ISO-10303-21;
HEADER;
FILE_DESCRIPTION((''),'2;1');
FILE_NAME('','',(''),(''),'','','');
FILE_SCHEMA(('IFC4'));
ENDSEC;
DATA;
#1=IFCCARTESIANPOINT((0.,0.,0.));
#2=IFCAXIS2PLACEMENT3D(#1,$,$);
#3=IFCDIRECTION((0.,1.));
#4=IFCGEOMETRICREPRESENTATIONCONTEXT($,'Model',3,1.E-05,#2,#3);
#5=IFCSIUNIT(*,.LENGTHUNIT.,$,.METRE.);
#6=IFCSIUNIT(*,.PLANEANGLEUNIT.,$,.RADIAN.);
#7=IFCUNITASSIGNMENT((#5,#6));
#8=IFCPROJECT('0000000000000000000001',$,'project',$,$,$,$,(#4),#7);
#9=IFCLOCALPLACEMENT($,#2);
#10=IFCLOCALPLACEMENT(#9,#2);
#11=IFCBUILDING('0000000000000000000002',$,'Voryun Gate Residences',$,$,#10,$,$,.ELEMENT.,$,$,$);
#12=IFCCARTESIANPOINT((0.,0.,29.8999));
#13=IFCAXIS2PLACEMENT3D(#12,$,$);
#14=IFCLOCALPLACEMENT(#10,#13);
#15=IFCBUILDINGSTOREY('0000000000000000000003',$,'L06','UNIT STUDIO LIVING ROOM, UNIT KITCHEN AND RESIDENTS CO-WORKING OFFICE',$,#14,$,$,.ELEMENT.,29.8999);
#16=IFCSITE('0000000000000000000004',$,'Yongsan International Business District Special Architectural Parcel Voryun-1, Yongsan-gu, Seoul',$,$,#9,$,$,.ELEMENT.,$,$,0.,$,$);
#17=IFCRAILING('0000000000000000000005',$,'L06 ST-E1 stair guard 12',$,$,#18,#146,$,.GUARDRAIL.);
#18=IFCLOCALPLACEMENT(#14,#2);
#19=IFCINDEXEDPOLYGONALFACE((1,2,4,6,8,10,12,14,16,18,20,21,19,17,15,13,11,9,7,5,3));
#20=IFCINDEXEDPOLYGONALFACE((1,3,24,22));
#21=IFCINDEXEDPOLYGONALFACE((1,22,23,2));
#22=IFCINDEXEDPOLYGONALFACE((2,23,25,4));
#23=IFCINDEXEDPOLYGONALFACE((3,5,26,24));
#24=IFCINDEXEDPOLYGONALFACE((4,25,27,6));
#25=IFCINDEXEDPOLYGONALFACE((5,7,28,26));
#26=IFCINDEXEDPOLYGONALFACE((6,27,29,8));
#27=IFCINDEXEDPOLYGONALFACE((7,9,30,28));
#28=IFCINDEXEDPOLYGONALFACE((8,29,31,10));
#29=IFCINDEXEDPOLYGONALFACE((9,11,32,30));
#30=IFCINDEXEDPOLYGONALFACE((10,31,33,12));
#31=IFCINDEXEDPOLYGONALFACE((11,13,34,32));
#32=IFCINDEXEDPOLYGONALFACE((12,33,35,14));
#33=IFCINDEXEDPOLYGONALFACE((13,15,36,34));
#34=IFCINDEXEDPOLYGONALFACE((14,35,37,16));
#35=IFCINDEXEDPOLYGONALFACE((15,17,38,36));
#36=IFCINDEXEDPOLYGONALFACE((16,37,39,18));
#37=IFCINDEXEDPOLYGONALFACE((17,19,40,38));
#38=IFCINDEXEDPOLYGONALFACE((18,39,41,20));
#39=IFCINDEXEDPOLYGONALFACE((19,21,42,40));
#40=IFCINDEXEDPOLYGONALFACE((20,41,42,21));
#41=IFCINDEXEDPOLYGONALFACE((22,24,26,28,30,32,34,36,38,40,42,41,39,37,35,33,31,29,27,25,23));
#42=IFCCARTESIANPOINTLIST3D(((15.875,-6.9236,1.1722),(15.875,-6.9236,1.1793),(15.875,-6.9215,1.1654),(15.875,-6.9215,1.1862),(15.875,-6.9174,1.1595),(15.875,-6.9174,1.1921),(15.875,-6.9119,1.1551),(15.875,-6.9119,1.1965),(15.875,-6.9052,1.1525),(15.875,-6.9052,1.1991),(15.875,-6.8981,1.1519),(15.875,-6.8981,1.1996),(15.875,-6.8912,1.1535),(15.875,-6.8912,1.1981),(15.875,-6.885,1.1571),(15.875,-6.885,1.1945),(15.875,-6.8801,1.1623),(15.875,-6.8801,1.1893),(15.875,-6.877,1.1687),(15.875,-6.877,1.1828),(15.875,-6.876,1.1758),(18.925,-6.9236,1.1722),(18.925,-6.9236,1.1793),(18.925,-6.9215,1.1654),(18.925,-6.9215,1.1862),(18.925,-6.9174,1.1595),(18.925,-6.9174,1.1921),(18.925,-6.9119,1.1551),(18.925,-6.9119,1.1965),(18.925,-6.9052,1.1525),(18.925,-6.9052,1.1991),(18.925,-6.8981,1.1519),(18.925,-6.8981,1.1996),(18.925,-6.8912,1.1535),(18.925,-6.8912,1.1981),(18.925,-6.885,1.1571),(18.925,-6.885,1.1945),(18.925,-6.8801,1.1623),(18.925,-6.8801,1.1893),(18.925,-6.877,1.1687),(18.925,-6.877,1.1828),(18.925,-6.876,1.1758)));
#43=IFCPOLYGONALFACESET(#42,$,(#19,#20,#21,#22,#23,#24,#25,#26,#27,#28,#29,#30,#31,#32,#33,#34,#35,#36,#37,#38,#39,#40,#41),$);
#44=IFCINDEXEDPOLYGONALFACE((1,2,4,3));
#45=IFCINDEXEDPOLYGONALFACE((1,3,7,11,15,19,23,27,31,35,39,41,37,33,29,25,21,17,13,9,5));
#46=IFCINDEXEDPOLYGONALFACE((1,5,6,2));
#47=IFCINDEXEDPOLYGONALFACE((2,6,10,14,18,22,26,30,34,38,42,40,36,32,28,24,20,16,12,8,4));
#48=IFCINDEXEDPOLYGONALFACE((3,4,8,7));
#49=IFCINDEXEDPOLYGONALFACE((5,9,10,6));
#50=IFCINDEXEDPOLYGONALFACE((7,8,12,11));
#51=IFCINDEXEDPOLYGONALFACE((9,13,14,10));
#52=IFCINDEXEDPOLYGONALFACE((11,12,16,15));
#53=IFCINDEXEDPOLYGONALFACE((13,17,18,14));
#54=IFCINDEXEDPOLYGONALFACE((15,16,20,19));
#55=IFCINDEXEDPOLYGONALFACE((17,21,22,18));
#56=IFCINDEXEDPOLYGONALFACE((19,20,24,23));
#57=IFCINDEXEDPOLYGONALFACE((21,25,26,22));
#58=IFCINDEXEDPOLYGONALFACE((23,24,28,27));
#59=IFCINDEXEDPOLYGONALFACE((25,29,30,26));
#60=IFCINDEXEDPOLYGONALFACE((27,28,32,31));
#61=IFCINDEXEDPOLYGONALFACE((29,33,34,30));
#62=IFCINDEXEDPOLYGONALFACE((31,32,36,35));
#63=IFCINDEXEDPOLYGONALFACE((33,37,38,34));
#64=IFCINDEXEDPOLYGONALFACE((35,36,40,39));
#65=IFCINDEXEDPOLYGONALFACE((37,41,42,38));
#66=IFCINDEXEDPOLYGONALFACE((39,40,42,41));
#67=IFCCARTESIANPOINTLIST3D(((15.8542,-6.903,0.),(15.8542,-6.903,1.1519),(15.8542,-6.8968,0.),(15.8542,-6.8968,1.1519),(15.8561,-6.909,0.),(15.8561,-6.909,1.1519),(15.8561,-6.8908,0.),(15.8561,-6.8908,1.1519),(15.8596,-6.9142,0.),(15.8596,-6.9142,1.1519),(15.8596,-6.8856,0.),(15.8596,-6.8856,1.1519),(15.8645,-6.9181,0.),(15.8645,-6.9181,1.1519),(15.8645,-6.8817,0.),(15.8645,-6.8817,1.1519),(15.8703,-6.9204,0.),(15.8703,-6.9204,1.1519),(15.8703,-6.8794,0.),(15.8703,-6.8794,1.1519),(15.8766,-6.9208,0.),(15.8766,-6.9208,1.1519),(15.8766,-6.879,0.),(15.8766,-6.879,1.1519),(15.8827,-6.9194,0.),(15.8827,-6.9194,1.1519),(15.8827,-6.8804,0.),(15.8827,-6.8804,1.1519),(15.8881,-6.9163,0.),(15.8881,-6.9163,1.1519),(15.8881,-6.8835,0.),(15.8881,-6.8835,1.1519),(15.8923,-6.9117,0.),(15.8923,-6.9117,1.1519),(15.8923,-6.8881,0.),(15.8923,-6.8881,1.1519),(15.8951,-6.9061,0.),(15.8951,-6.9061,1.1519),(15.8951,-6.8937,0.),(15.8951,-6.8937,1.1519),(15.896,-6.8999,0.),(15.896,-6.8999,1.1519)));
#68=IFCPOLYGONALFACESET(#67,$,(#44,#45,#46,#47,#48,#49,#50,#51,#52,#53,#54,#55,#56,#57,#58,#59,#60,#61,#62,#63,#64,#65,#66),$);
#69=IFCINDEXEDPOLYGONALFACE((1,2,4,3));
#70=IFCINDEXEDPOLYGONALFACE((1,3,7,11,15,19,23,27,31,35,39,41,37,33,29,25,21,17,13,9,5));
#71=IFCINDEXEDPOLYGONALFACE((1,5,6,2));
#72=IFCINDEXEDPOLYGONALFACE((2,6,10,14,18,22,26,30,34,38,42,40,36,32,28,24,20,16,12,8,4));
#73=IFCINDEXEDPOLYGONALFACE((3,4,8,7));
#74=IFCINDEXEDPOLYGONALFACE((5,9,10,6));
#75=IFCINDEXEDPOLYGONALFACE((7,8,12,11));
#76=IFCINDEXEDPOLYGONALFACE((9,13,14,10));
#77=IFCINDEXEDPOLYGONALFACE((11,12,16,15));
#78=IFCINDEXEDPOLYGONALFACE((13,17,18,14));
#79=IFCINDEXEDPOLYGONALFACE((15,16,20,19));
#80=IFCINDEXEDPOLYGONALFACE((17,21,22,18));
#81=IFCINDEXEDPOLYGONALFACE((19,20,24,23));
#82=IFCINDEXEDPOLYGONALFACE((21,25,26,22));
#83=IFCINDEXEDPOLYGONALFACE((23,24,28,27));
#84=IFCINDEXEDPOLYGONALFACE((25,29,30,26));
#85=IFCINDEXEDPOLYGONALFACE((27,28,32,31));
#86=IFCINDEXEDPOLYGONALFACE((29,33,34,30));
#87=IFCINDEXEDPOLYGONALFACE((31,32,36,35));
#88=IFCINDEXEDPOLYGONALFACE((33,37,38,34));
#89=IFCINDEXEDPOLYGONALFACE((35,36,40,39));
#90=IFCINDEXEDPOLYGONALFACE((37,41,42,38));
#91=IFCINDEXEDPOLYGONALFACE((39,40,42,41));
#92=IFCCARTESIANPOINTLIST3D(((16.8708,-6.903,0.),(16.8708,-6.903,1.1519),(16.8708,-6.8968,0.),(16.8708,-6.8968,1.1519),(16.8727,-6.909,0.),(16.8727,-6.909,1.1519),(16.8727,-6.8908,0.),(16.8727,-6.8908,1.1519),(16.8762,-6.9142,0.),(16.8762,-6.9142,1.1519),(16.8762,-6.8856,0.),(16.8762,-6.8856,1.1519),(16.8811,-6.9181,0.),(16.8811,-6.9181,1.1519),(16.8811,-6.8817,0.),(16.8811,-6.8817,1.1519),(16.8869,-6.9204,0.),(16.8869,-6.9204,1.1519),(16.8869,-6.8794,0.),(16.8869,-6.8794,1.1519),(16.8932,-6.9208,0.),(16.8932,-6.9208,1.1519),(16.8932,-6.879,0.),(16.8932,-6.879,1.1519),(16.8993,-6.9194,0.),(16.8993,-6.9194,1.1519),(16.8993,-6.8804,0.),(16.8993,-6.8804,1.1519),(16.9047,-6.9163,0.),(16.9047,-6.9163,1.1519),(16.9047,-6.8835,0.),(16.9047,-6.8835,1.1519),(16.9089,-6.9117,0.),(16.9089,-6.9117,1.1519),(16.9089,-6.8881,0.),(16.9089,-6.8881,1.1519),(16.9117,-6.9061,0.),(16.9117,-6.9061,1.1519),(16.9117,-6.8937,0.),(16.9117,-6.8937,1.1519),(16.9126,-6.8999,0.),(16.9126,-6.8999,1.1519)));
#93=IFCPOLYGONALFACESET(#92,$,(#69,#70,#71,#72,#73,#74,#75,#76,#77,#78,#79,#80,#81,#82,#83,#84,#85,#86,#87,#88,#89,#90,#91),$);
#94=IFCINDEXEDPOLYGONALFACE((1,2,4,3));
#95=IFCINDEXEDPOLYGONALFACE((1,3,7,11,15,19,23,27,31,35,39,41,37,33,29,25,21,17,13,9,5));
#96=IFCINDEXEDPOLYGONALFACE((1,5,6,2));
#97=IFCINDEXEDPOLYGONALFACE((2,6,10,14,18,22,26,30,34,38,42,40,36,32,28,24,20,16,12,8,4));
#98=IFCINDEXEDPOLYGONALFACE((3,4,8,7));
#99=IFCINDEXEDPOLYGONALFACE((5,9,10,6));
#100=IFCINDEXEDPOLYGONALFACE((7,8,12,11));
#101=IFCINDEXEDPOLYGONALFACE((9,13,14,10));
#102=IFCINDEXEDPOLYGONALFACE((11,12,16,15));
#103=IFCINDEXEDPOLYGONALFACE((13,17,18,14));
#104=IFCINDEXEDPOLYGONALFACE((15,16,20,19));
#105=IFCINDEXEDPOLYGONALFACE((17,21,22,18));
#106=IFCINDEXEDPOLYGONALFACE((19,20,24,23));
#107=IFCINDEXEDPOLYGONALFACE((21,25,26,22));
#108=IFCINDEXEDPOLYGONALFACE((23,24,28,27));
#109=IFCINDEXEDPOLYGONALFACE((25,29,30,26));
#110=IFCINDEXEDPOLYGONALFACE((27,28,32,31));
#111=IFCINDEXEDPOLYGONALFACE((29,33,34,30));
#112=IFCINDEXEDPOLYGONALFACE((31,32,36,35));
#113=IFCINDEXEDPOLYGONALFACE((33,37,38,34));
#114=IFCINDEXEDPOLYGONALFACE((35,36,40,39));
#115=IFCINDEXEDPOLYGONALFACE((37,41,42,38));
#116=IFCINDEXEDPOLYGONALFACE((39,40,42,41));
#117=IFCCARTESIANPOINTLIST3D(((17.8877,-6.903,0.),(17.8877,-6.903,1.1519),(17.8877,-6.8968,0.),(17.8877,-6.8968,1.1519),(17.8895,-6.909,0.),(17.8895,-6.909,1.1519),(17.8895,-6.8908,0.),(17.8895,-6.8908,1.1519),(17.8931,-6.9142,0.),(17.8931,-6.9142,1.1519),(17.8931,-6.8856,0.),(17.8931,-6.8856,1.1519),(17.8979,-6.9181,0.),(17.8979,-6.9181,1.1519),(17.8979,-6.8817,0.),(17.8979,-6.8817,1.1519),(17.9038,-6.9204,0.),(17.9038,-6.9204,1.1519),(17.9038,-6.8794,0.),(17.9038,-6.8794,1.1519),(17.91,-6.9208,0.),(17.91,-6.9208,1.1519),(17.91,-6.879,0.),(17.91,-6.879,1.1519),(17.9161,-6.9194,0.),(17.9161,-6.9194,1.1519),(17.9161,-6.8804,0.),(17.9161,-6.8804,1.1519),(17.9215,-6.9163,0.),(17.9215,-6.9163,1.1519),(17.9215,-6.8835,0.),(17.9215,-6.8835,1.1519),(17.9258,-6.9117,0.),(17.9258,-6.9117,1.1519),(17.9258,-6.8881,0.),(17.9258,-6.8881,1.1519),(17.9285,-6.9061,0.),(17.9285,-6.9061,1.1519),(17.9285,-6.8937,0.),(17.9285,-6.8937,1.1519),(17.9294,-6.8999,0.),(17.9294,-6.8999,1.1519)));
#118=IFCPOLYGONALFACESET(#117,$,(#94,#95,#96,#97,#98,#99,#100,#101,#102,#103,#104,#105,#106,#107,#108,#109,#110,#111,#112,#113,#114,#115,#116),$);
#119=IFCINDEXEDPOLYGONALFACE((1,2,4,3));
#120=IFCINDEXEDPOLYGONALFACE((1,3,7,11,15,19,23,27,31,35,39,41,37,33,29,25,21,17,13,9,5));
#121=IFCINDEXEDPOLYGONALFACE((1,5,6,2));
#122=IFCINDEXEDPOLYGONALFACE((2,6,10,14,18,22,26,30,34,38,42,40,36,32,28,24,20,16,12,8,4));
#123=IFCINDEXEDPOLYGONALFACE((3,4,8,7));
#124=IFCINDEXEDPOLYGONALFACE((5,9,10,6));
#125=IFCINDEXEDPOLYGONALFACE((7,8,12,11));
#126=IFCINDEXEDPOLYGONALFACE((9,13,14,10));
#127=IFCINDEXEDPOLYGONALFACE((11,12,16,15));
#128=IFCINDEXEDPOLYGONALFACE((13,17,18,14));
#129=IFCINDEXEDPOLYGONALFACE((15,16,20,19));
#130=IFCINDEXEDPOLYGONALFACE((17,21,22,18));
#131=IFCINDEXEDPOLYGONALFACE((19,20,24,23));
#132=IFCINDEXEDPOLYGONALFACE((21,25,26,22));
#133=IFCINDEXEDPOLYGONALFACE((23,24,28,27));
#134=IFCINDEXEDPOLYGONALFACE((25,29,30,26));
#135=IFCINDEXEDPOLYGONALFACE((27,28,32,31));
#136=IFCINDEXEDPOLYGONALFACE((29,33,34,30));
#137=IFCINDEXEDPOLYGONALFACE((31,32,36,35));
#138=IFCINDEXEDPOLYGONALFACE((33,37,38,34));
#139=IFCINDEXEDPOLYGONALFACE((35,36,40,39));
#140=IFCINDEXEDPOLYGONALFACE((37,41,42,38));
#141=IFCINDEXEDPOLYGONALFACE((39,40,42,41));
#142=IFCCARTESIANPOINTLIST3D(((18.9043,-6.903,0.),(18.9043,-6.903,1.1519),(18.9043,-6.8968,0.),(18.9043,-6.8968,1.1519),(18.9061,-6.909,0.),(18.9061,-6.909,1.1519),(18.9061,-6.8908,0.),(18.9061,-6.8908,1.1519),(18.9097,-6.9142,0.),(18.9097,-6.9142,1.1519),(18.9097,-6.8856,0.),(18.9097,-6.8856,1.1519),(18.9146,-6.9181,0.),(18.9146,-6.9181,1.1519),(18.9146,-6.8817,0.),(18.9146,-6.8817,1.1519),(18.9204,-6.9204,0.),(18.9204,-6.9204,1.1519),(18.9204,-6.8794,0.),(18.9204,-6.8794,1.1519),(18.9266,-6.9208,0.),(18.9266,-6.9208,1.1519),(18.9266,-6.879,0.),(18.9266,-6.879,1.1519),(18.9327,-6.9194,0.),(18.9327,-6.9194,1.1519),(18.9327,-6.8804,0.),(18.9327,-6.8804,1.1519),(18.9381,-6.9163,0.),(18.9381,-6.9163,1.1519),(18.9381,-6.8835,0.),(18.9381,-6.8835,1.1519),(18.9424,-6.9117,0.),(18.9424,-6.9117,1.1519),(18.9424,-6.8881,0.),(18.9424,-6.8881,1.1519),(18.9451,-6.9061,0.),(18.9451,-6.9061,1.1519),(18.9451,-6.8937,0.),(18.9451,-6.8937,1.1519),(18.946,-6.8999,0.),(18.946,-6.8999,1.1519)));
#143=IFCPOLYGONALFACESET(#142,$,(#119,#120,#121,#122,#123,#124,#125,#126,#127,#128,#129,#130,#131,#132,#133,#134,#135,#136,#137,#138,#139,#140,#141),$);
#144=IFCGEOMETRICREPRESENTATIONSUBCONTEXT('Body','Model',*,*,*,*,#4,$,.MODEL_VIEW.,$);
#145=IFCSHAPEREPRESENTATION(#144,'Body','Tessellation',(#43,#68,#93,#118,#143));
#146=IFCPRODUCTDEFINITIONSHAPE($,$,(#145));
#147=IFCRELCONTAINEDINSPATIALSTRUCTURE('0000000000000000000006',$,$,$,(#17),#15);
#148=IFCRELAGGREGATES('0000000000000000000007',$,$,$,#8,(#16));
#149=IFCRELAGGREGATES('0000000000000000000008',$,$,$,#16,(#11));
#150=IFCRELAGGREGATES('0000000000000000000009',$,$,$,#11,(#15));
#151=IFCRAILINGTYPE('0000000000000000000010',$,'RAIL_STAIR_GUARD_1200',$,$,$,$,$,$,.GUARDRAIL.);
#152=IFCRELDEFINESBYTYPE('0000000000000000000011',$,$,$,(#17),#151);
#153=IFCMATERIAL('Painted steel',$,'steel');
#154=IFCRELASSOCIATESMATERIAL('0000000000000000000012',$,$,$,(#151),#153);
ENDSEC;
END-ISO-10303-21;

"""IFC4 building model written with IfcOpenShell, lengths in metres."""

from ifc_helpers import new_model, si_unit, direction, frame, origin, origin_2d, place, context, subcontext, project, spatial, circle, extrude, material, type_object, element, save


model = new_model("IFC4")

# Units and contexts
model_context = context("Model", 3, precision=1e-05, world=origin(), true_north=direction((0.0, 1.0)))
body_context = subcontext(model_context, "Body", "Model", "MODEL_VIEW")
ifc_project = project(units=[si_unit("LENGTHUNIT", "METRE"), si_unit("PLANEANGLEUNIT", "RADIAN")], contexts=[model_context])

# Site, building, storey
site_placement = place(None, origin())
site = spatial("IfcSite", under=ifc_project, at=site_placement, Name="Yongsan International Business District Special Architectural Parcel Voryun-1, Yongsan-gu, Seoul", CompositionType="ELEMENT", RefElevation=0.0)
building_placement = place(site_placement, origin())
building = spatial("IfcBuilding", under=site, at=building_placement, Name="Voryun Gate Residences", CompositionType="ELEMENT")
storey_placement = place(building_placement, frame((0.0, 0.0, 29.8999)))
storey = spatial("IfcBuildingStorey", under=building, at=storey_placement, Name="L06", Description="UNIT STUDIO LIVING ROOM, UNIT KITCHEN AND RESIDENTS CO-WORKING OFFICE", CompositionType="ELEMENT", Elevation=29.8999)

# Railing
ifc_material_1 = material(Name="Painted steel", Category="steel")
railing_type_1 = type_object("IfcRailingType", Name="RAIL_STAIR_GUARD_1200", PredefinedType="GUARDRAIL", material=ifc_material_1)
railing_1_placement = place(storey_placement, frame((15.875, -6.8999, 0.0)))
element("IfcRailing", 1, at=railing_1_placement, inside=storey, type_object=railing_type_1, Name="L06 ST-E1 stair guard 12", PredefinedType="GUARDRAIL", context=body_context, shape_type="SweptSolid", body=[
    extrude(circle(Radius=0.0239, at=origin_2d()), frame((0.0, 0.0, 1.1758), z_axis=(1.0, 0.0, 0.0), x_axis=(0.0, 1.0, 0.0)), (0.0, 0.0, 1.0), 3.05),
    extrude(circle(Radius=0.021, at=origin_2d()), origin(), (0.0, 0.0, 1.0), 1.1519),
    extrude(circle(Radius=0.021, at=origin_2d()), frame((1.0166, 0.0, 0.0)), (0.0, 0.0, 1.0), 1.1519),
    extrude(circle(Radius=0.021, at=origin_2d()), frame((2.0334, 0.0, 0.0)), (0.0, 0.0, 1.0), 1.1519),
    extrude(circle(Radius=0.021, at=origin_2d()), frame((3.05, 0.0, 0.0)), (0.0, 0.0, 1.0), 1.1519),
])

save(model, "model.ifc")
